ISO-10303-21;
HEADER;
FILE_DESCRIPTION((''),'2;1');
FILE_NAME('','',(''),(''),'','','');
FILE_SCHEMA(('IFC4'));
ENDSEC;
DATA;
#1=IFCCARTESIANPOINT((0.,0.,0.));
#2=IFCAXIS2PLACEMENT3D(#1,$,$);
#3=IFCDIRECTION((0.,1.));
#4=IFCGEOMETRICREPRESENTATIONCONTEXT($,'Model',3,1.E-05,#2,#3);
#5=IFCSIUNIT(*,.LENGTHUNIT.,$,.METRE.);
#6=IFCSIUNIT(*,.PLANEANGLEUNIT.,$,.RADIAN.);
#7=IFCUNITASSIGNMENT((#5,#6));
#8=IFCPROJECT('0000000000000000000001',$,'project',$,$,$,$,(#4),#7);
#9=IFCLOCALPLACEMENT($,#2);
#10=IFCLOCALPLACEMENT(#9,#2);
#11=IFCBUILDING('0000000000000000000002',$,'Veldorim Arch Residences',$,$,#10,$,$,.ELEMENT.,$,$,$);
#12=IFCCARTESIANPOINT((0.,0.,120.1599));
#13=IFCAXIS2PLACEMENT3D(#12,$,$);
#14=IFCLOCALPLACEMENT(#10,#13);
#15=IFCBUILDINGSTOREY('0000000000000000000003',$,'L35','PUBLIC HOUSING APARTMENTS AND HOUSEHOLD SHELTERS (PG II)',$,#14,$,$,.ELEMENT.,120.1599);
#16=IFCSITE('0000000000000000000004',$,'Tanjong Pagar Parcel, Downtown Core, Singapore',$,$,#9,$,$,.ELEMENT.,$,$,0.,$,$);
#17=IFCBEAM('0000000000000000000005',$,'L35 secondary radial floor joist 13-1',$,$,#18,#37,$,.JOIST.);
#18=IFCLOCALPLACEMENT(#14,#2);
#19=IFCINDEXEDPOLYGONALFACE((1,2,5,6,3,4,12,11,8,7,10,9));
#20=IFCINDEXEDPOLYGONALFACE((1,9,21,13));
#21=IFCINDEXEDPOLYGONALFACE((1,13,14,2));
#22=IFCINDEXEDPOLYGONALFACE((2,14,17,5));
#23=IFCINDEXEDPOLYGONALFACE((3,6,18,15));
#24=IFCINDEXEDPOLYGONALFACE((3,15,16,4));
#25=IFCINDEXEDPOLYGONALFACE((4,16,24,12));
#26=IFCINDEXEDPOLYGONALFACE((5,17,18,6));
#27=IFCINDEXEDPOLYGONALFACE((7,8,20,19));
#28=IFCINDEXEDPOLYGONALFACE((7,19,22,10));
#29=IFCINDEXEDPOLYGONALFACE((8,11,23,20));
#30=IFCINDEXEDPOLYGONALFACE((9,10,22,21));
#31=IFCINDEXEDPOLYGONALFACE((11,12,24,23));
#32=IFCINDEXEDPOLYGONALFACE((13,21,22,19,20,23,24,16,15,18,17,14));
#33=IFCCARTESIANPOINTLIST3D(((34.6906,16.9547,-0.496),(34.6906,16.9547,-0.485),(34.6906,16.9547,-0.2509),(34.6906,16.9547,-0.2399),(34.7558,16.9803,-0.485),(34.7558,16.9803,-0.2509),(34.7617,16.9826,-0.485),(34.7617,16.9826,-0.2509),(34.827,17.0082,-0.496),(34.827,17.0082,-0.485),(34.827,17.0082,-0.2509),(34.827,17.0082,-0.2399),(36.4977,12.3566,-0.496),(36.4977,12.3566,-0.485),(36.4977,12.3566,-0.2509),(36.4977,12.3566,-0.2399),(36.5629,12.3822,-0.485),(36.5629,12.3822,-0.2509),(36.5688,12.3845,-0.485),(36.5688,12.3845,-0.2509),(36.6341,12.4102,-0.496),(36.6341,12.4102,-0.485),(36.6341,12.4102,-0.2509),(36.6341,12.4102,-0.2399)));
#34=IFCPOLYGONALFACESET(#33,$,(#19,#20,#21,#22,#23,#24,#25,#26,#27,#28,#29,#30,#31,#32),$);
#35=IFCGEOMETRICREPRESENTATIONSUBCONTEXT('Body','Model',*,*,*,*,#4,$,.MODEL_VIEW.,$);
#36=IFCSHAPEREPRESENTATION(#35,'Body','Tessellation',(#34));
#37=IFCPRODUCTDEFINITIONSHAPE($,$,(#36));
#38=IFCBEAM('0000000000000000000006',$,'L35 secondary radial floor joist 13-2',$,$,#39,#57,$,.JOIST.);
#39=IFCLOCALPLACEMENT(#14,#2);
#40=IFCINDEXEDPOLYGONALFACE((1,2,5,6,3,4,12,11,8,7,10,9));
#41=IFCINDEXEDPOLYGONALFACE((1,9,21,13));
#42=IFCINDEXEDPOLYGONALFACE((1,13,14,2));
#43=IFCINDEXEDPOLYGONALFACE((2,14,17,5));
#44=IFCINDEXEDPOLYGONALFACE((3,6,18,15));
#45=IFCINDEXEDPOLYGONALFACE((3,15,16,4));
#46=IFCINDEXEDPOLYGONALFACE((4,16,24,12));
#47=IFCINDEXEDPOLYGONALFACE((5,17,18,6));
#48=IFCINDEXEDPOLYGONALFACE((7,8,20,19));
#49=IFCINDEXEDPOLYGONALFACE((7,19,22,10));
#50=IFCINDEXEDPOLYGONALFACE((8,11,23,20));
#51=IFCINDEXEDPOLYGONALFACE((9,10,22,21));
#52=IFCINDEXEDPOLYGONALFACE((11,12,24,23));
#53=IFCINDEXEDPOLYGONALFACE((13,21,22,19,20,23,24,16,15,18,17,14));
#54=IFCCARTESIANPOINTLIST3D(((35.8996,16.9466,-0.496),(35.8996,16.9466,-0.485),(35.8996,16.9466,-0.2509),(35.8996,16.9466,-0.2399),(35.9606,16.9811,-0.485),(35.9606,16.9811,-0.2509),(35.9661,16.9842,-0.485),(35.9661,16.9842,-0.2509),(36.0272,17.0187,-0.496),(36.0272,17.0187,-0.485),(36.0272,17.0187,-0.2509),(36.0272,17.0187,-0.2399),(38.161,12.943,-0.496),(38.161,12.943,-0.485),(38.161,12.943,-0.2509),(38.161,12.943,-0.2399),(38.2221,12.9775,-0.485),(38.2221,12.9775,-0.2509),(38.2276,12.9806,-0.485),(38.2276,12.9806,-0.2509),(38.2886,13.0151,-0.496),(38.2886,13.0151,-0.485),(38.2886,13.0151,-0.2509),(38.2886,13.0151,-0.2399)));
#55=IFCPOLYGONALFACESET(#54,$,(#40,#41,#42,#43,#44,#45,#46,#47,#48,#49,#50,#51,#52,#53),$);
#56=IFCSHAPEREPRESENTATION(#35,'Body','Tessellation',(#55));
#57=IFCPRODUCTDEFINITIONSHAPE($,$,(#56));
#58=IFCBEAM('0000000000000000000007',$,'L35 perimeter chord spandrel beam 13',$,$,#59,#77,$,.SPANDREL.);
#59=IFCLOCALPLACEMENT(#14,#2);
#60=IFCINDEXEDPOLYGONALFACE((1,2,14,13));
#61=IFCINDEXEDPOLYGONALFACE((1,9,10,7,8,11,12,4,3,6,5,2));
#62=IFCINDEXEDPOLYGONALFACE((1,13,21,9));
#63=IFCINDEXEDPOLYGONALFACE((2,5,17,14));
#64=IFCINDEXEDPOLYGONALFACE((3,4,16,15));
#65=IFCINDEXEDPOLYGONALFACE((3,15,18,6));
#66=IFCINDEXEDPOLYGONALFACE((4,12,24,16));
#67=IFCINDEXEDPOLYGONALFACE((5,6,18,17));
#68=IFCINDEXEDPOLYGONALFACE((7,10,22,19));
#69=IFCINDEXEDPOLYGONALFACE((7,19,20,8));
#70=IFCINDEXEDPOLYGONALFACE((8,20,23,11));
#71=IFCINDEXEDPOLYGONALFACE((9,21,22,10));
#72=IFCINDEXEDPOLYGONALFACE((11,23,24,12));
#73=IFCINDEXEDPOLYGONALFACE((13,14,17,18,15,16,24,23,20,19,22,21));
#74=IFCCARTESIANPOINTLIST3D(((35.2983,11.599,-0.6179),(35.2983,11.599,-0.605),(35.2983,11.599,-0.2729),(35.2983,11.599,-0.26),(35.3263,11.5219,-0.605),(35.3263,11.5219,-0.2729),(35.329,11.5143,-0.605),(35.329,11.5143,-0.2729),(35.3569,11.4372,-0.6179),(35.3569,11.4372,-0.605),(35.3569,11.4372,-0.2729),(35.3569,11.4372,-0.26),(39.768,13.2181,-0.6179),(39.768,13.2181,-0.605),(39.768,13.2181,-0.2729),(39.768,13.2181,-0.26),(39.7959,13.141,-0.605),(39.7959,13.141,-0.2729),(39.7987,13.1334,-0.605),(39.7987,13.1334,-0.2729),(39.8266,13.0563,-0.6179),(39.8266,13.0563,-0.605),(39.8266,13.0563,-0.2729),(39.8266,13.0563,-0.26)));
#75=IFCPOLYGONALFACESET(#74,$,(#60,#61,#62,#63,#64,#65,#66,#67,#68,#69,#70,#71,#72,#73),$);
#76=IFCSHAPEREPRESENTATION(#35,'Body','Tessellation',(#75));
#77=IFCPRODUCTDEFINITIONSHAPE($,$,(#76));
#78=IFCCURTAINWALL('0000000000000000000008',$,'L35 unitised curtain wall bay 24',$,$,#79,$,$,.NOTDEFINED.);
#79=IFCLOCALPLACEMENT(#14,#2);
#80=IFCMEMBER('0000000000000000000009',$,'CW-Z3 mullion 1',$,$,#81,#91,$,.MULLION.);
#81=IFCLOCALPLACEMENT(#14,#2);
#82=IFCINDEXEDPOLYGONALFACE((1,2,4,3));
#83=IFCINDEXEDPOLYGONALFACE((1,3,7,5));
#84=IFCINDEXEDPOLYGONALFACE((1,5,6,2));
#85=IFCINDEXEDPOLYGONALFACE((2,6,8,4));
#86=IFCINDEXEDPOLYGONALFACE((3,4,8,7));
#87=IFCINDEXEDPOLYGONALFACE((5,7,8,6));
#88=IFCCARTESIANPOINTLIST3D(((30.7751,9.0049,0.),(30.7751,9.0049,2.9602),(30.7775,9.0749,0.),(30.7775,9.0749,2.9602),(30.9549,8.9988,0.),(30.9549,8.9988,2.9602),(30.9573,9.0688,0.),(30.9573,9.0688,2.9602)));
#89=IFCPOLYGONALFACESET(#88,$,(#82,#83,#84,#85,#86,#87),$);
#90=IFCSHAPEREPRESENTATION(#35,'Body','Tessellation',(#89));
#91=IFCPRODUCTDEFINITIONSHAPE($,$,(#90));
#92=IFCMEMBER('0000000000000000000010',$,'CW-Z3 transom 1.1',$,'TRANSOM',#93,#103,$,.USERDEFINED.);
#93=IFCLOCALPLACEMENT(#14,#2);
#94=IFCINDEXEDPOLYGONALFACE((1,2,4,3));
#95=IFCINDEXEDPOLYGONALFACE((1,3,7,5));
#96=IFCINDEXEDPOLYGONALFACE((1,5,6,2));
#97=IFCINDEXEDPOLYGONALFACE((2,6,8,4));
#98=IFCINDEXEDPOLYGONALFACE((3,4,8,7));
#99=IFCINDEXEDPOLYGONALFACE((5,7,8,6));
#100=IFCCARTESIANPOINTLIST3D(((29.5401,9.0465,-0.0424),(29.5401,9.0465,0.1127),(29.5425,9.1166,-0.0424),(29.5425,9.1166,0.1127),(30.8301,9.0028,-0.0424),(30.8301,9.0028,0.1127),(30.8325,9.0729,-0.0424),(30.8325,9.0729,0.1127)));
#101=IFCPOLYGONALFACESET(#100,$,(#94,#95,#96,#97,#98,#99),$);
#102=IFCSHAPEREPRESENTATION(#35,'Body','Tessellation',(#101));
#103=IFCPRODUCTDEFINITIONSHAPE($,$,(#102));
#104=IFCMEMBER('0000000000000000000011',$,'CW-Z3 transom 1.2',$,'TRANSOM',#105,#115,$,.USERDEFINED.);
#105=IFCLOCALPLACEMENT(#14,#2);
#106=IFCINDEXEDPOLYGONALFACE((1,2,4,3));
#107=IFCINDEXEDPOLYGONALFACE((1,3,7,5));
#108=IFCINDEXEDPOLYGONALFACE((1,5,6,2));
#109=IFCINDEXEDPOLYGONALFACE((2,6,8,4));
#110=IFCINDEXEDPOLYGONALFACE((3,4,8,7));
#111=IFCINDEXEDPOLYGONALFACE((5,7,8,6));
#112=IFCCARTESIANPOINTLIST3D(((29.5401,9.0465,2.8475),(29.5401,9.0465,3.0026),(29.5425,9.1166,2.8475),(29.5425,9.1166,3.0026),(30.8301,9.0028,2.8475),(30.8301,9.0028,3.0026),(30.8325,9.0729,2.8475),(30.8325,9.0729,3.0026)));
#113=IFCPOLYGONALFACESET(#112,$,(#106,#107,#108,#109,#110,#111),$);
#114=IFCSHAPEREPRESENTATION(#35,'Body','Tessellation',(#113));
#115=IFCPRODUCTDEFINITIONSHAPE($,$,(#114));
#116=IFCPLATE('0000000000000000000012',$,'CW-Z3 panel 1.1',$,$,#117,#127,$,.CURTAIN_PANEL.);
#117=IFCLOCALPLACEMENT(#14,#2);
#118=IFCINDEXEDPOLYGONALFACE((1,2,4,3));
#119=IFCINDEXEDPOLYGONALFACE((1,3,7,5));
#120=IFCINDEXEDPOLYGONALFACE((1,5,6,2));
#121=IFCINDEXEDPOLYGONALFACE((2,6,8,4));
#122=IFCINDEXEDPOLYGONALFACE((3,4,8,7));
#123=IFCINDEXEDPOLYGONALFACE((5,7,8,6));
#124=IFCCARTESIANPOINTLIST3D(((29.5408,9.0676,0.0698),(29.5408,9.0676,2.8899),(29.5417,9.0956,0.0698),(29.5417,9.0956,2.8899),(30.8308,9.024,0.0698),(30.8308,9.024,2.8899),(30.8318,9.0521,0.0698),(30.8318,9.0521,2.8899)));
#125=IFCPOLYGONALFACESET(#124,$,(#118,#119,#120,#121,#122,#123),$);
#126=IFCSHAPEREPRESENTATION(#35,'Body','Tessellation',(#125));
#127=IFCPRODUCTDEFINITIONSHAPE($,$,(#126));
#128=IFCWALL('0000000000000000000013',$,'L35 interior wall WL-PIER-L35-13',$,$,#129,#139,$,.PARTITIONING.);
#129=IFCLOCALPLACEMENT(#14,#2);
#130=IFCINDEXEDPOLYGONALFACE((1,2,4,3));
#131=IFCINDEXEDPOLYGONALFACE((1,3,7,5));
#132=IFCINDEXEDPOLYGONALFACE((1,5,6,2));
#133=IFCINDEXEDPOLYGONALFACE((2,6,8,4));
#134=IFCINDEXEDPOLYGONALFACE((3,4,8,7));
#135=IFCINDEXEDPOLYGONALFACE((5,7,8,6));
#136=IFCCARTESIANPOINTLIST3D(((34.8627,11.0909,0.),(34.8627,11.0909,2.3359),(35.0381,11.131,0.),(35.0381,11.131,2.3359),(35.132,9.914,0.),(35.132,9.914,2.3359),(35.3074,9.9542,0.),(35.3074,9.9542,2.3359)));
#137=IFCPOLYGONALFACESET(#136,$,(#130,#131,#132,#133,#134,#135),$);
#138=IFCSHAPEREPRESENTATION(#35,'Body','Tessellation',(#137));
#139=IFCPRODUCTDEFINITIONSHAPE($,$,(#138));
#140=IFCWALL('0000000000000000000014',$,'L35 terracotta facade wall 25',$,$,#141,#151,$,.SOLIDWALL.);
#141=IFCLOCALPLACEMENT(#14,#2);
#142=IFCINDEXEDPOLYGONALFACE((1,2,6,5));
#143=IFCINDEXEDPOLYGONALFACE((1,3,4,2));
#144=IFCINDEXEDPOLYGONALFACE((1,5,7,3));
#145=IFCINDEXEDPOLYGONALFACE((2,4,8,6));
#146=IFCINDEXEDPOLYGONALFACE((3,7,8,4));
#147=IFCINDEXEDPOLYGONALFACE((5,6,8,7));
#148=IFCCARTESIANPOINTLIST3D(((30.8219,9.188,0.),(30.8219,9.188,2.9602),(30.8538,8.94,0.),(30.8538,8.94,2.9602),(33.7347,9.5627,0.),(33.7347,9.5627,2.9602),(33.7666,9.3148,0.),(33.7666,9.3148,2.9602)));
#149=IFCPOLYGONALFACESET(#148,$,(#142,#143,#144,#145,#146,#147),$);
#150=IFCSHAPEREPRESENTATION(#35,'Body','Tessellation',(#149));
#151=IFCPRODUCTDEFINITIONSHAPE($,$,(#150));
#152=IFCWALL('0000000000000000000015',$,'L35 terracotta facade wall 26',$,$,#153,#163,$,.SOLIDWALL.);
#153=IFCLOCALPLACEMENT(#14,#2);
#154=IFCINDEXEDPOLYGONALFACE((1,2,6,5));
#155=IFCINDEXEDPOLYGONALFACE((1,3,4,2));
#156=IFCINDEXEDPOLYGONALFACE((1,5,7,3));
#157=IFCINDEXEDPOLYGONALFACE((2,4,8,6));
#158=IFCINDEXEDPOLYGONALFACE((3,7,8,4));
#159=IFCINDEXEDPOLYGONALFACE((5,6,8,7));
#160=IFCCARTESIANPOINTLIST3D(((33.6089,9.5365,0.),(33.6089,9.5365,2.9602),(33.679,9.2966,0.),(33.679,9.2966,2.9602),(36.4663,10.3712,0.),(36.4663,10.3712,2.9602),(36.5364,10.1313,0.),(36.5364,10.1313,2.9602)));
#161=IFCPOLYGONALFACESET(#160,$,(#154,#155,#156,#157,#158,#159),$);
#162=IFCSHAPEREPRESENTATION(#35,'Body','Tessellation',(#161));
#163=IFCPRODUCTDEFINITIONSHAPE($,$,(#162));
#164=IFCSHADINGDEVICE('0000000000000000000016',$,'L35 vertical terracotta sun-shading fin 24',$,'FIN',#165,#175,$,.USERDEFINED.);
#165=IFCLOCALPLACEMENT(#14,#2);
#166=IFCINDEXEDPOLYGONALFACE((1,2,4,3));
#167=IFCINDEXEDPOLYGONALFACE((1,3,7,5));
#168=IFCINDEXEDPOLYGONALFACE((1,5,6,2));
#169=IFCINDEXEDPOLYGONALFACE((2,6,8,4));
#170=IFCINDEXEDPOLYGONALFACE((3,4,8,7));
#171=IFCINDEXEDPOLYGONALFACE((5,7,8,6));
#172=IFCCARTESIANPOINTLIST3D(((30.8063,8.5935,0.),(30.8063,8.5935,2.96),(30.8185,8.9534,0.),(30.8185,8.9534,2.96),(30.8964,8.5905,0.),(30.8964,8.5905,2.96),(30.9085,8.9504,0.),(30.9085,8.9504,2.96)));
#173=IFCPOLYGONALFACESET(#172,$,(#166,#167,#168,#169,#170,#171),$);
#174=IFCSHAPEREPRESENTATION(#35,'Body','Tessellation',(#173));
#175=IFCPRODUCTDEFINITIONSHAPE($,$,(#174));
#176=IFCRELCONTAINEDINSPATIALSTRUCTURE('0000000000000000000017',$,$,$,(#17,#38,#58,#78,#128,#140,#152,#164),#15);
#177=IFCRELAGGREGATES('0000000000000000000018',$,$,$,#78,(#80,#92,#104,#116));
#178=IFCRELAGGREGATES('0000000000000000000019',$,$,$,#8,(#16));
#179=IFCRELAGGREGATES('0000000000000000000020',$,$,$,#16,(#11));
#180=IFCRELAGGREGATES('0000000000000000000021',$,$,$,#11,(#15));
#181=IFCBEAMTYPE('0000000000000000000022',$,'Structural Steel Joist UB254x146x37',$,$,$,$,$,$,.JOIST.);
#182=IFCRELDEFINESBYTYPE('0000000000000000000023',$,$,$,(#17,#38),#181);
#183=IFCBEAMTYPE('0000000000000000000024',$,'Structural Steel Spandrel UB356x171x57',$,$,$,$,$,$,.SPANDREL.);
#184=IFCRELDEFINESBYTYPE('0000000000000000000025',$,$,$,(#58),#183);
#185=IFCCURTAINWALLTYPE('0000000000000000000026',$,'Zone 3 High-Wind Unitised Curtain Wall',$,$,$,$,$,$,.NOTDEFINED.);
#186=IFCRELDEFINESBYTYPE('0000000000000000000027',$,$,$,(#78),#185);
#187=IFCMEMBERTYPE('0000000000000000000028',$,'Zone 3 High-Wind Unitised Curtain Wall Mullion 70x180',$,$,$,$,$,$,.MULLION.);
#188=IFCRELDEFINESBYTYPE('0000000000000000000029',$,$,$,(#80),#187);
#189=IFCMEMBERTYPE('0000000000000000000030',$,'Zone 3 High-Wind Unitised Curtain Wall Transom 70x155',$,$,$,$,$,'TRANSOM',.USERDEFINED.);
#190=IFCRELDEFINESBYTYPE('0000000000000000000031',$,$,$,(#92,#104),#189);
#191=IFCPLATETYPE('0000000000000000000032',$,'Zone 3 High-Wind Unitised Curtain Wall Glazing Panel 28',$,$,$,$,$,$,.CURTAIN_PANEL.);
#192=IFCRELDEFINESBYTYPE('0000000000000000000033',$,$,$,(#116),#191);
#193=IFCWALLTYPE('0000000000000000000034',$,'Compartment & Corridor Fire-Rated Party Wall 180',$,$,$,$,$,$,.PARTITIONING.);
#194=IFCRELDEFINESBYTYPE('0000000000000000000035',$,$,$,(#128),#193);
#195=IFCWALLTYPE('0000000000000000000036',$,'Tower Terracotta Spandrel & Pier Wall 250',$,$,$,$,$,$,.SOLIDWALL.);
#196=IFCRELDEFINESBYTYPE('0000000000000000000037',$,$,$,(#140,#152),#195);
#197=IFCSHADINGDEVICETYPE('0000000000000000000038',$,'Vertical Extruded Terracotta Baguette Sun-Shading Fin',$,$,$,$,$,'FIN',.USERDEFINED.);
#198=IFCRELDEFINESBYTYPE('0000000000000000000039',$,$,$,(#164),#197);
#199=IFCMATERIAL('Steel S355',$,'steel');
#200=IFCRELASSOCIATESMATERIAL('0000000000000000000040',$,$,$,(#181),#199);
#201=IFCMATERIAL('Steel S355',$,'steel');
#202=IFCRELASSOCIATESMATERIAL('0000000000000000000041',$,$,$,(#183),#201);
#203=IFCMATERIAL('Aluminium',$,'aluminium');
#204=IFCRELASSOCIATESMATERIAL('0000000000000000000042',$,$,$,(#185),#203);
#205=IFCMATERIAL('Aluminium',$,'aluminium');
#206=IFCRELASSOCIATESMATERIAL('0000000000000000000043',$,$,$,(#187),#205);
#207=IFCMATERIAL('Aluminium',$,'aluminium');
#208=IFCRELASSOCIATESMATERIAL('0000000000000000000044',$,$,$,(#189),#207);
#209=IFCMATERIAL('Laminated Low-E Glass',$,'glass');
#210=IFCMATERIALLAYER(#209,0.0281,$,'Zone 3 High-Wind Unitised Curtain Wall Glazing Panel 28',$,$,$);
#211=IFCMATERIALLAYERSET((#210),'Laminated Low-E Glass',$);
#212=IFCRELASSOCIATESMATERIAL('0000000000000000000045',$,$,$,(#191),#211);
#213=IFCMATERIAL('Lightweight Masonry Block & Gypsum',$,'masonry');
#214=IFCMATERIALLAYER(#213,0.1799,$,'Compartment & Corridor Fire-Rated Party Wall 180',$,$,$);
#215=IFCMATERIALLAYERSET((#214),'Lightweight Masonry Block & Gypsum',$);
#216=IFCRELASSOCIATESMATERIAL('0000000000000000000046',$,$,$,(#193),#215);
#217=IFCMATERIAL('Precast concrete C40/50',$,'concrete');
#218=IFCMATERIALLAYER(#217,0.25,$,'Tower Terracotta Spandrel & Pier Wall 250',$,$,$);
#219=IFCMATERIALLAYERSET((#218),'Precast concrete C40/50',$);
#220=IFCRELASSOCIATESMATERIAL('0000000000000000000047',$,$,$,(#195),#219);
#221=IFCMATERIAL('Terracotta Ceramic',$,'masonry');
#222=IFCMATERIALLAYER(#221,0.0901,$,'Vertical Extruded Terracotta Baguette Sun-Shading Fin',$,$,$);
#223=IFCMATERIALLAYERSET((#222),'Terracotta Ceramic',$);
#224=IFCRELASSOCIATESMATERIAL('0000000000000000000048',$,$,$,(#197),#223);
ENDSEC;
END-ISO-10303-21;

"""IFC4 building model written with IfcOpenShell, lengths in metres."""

from ifc_helpers import new_model, si_unit, direction, frame, frame_2d, origin, origin_2d, place, context, subcontext, project, spatial, rectangle, i_section, extrude, material, layer, layer_set, material_profile, profile_set, type_object, element, aggregate, save


model = new_model("IFC4")

# Units and contexts
model_context = context("Model", 3, precision=1e-05, world=origin(), true_north=direction((0.0, 1.0)))
body_context = subcontext(model_context, "Body", "Model", "MODEL_VIEW")
ifc_project = project(units=[si_unit("LENGTHUNIT", "METRE"), si_unit("PLANEANGLEUNIT", "RADIAN")], contexts=[model_context])

# Site, building, storey
site_placement = place(None, origin())
site = spatial("IfcSite", under=ifc_project, at=site_placement, Name="Tanjong Pagar Parcel, Downtown Core, Singapore", CompositionType="ELEMENT", RefElevation=0.0)
building_placement = place(site_placement, origin())
building = spatial("IfcBuilding", under=site, at=building_placement, Name="Veldorim Arch Residences", CompositionType="ELEMENT")
storey_placement = place(building_placement, frame((0.0, 0.0, 120.1599)))
storey = spatial("IfcBuildingStorey", under=building, at=storey_placement, Name="L35", Description="PUBLIC HOUSING APARTMENTS AND HOUSEHOLD SHELTERS (PG II)", CompositionType="ELEMENT", Elevation=120.1599)

# Beams
ifc_material_1 = material(Name="Steel S355", Category="steel")
ifc_material_profile_1 = material_profile(ifc_material_1, i_section(OverallWidth=0.1465, OverallDepth=0.2561, WebThickness=0.0063, FlangeThickness=0.011, at=origin_2d()), Name="UB254x146x37")
ifc_profile_set_1 = profile_set([ifc_material_profile_1], Name="Steel S355")
beam_type_1 = type_object("IfcBeamType", Name="Structural Steel Joist UB254x146x37", PredefinedType="JOIST", material=ifc_profile_set_1)
beam_1_placement = place(storey_placement, frame((34.7588, 16.9814, -0.3679), z_axis=(0.365778, -0.930702, 0.0), x_axis=(0.930702, 0.365778, 0.0)))
element("IfcBeam", 1, at=beam_1_placement, inside=storey, type_object=beam_type_1, Name="L35 secondary radial floor joist 13-1", PredefinedType="JOIST", context=body_context, shape_type="SweptSolid", body=[
    extrude(i_section(OverallWidth=0.1465, OverallDepth=0.2561, WebThickness=0.0063, FlangeThickness=0.011, at=origin_2d()), origin(), (0.0, 0.0, 1.0), 4.9404),
])
beam_2_placement = place(storey_placement, frame((35.9634, 16.9827, -0.3679), z_axis=(0.491816, -0.870699, 0.0), x_axis=(0.870699, 0.491816, 0.0)))
element("IfcBeam", 2, at=beam_2_placement, inside=storey, type_object=beam_type_1, Name="L35 secondary radial floor joist 13-2", PredefinedType="JOIST", context=body_context, shape_type="SweptSolid", body=[
    extrude(i_section(OverallWidth=0.1465, OverallDepth=0.2561, WebThickness=0.0063, FlangeThickness=0.011, at=origin_2d()), origin(), (0.0, 0.0, 1.0), 4.5981),
])
ifc_material_2 = material(Name="Steel S355", Category="steel")
ifc_material_profile_2 = material_profile(ifc_material_2, i_section(OverallWidth=0.1721, OverallDepth=0.3579, WebThickness=0.0081, FlangeThickness=0.0129, at=origin_2d()), Name="UB356x171x57")
ifc_profile_set_2 = profile_set([ifc_material_profile_2], Name="Steel S355")
beam_type_2 = type_object("IfcBeamType", Name="Structural Steel Spandrel UB356x171x57", PredefinedType="SPANDREL", material=ifc_profile_set_2)
beam_3_placement = place(storey_placement, frame((35.3276, 11.5181, -0.439), z_axis=(0.940213, 0.340588, 0.0), x_axis=(-0.340588, 0.940213, 0.0)))
element("IfcBeam", 3, at=beam_3_placement, inside=storey, type_object=beam_type_2, Name="L35 perimeter chord spandrel beam 13", PredefinedType="SPANDREL", context=body_context, shape_type="SweptSolid", body=[
    extrude(i_section(OverallWidth=0.1721, OverallDepth=0.3579, WebThickness=0.0081, FlangeThickness=0.0129, at=origin_2d()), origin(), (0.0, 0.0, 1.0), 4.7539),
])

# Curtain wall, members, plate
ifc_material_3 = material(Name="Aluminium", Category="aluminium")
curtain_wall_type = type_object("IfcCurtainWallType", Name="Zone 3 High-Wind Unitised Curtain Wall", PredefinedType="NOTDEFINED", material=ifc_material_3)
curtain_wall_placement = place(storey_placement, origin())
curtain_wall = element("IfcCurtainWall", 4, at=curtain_wall_placement, inside=storey, type_object=curtain_wall_type, Name="L35 unitised curtain wall bay 24", PredefinedType="NOTDEFINED")
ifc_material_4 = material(Name="Aluminium", Category="aluminium")
ifc_material_profile_3 = material_profile(ifc_material_4, rectangle(XDim=0.0701, YDim=0.1799, at=origin_2d()), Name="ALU_MUL_70x180")
ifc_profile_set_3 = profile_set([ifc_material_profile_3], Name="Aluminium")
member_type_1 = type_object("IfcMemberType", Name="Zone 3 High-Wind Unitised Curtain Wall Mullion 70x180", PredefinedType="MULLION", material=ifc_profile_set_3)
member_1_placement = place(storey_placement, frame((30.8662, 9.0369, 0.0), z_axis=(0.0, 0.0, 1.0), x_axis=(-0.033743, -0.999431, 0.0)))
member_1 = element("IfcMember", 5, at=member_1_placement, type_object=member_type_1, Name="CW-Z3 mullion 1", PredefinedType="MULLION", context=body_context, shape_type="SweptSolid", body=[
    extrude(rectangle(XDim=0.0701, YDim=0.1799, at=origin_2d()), origin(), (0.0, 0.0, 1.0), 2.9602),
])
ifc_material_5 = material(Name="Aluminium", Category="aluminium")
ifc_material_profile_4 = material_profile(ifc_material_5, rectangle(XDim=0.0701, YDim=0.155, at=origin_2d()), Name="ALU_TRN_70x155")
ifc_profile_set_4 = profile_set([ifc_material_profile_4], Name="Aluminium")
member_type_2 = type_object("IfcMemberType", Name="Zone 3 High-Wind Unitised Curtain Wall Transom 70x155", ElementType="TRANSOM", PredefinedType="USERDEFINED", material=ifc_profile_set_4)
member_2_placement = place(storey_placement, frame((30.8313, 9.0378, 0.0352), z_axis=(-0.999427, 0.033856, 0.0), x_axis=(-0.033856, -0.999427, 0.0)))
member_2 = element("IfcMember", 6, at=member_2_placement, type_object=member_type_2, Name="CW-Z3 transom 1.1", ObjectType="TRANSOM", PredefinedType="USERDEFINED", context=body_context, shape_type="SweptSolid", body=[
    extrude(rectangle(XDim=0.0701, YDim=0.155, at=origin_2d()), origin(), (0.0, 0.0, 1.0), 1.2908),
])
member_3_placement = place(storey_placement, frame((30.8313, 9.0378, 2.925), z_axis=(-0.999427, 0.033856, 0.0), x_axis=(-0.033856, -0.999427, 0.0)))
member_3 = element("IfcMember", 7, at=member_3_placement, type_object=member_type_2, Name="CW-Z3 transom 1.2", ObjectType="TRANSOM", PredefinedType="USERDEFINED", context=body_context, shape_type="SweptSolid", body=[
    extrude(rectangle(XDim=0.0701, YDim=0.155, at=origin_2d()), origin(), (0.0, 0.0, 1.0), 1.2908),
])
ifc_material_6 = material(Name="Laminated Low-E Glass", Category="glass")
ifc_layer_1 = layer(ifc_material_6, 0.0281, Name="Zone 3 High-Wind Unitised Curtain Wall Glazing Panel 28")
ifc_layer_set_1 = layer_set([ifc_layer_1], Name="Laminated Low-E Glass")
plate_type = type_object("IfcPlateType", Name="Zone 3 High-Wind Unitised Curtain Wall Glazing Panel 28", PredefinedType="CURTAIN_PANEL", material=ifc_layer_set_1)
plate_placement = place(storey_placement, frame((30.1863, 9.0598, 0.0698), z_axis=(0.0, 0.0, 1.0), x_axis=(-0.999431, 0.033743, 0.0)))
plate = element("IfcPlate", 8, at=plate_placement, type_object=plate_type, Name="CW-Z3 panel 1.1", PredefinedType="CURTAIN_PANEL", context=body_context, shape_type="SweptSolid", body=[
    extrude(rectangle(XDim=1.2908, YDim=0.0281, at=origin_2d()), origin(), (0.0, 0.0, 1.0), 2.8201),
])
aggregate(curtain_wall, [member_1, member_2, member_3, plate])

# Walls
ifc_material_7 = material(Name="Lightweight Masonry Block & Gypsum", Category="masonry")
ifc_layer_2 = layer(ifc_material_7, 0.1799, Name="Compartment & Corridor Fire-Rated Party Wall 180")
ifc_layer_set_2 = layer_set([ifc_layer_2], Name="Lightweight Masonry Block & Gypsum")
wall_type_1 = type_object("IfcWallType", Name="Compartment & Corridor Fire-Rated Party Wall 180", PredefinedType="PARTITIONING", material=ifc_layer_set_2)
wall_1_placement = place(storey_placement, frame((34.9504, 11.1108, 0.0), z_axis=(0.0, 0.0, 1.0), x_axis=(0.223072, -0.974802, 0.0)))
element("IfcWall", 9, at=wall_1_placement, inside=storey, type_object=wall_type_1, Name="L35 interior wall WL-PIER-L35-13", PredefinedType="PARTITIONING", context=body_context, shape_type="SweptSolid", body=[
    extrude(rectangle(XDim=1.2073, YDim=0.1799, at=frame_2d((0.6035, 0.0))), origin(), (0.0, 0.0, 1.0), 2.3359),
])
ifc_material_8 = material(Name="Precast concrete C40/50", Category="concrete")
ifc_layer_3 = layer(ifc_material_8, 0.25, Name="Tower Terracotta Spandrel & Pier Wall 250")
ifc_layer_set_3 = layer_set([ifc_layer_3], Name="Precast concrete C40/50")
wall_type_2 = type_object("IfcWallType", Name="Tower Terracotta Spandrel & Pier Wall 250", PredefinedType="SOLIDWALL", material=ifc_layer_set_3)
wall_2_placement = place(storey_placement, frame((33.7505, 9.4387, 0.0), z_axis=(0.0, 0.0, 1.0), x_axis=(-0.991825, -0.127605, 0.0)))
element("IfcWall", 10, at=wall_2_placement, inside=storey, type_object=wall_type_2, Name="L35 terracotta facade wall 25", PredefinedType="SOLIDWALL", context=body_context, shape_type="SweptSolid", body=[
    extrude(rectangle(XDim=2.9368, YDim=0.25, at=frame_2d((1.4683, 0.0))), origin(), (0.0, 0.0, 1.0), 2.9602),
])
wall_3_placement = place(storey_placement, frame((36.5012, 10.2512, 0.0), z_axis=(0.0, 0.0, 1.0), x_axis=(-0.959882, -0.280403, 0.0)))
element("IfcWall", 11, at=wall_3_placement, inside=storey, type_object=wall_type_2, Name="L35 terracotta facade wall 26", PredefinedType="SOLIDWALL", context=body_context, shape_type="SweptSolid", body=[
    extrude(rectangle(XDim=2.9768, YDim=0.25, at=frame_2d((1.4883, 0.0))), origin(), (0.0, 0.0, 1.0), 2.9602),
])

# Shading device
ifc_material_9 = material(Name="Terracotta Ceramic", Category="masonry")
ifc_layer_4 = layer(ifc_material_9, 0.0901, Name="Vertical Extruded Terracotta Baguette Sun-Shading Fin")
ifc_layer_set_4 = layer_set([ifc_layer_4], Name="Terracotta Ceramic")
shading_device_type = type_object("IfcShadingDeviceType", Name="Vertical Extruded Terracotta Baguette Sun-Shading Fin", ElementType="FIN", PredefinedType="USERDEFINED", material=ifc_layer_set_4)
shading_device_placement = place(storey_placement, frame((30.8574, 8.772, 0.0), z_axis=(0.0, 0.0, 1.0), x_axis=(-0.999433, 0.033678, 0.0)))
element("IfcShadingDevice", 12, at=shading_device_placement, inside=storey, type_object=shading_device_type, Name="L35 vertical terracotta sun-shading fin 24", ObjectType="FIN", PredefinedType="USERDEFINED", context=body_context, shape_type="SweptSolid", body=[
    extrude(rectangle(XDim=0.0901, YDim=0.3601, at=origin_2d()), origin(), (0.0, 0.0, 1.0), 2.96),
])

save(model, "model.ifc")
